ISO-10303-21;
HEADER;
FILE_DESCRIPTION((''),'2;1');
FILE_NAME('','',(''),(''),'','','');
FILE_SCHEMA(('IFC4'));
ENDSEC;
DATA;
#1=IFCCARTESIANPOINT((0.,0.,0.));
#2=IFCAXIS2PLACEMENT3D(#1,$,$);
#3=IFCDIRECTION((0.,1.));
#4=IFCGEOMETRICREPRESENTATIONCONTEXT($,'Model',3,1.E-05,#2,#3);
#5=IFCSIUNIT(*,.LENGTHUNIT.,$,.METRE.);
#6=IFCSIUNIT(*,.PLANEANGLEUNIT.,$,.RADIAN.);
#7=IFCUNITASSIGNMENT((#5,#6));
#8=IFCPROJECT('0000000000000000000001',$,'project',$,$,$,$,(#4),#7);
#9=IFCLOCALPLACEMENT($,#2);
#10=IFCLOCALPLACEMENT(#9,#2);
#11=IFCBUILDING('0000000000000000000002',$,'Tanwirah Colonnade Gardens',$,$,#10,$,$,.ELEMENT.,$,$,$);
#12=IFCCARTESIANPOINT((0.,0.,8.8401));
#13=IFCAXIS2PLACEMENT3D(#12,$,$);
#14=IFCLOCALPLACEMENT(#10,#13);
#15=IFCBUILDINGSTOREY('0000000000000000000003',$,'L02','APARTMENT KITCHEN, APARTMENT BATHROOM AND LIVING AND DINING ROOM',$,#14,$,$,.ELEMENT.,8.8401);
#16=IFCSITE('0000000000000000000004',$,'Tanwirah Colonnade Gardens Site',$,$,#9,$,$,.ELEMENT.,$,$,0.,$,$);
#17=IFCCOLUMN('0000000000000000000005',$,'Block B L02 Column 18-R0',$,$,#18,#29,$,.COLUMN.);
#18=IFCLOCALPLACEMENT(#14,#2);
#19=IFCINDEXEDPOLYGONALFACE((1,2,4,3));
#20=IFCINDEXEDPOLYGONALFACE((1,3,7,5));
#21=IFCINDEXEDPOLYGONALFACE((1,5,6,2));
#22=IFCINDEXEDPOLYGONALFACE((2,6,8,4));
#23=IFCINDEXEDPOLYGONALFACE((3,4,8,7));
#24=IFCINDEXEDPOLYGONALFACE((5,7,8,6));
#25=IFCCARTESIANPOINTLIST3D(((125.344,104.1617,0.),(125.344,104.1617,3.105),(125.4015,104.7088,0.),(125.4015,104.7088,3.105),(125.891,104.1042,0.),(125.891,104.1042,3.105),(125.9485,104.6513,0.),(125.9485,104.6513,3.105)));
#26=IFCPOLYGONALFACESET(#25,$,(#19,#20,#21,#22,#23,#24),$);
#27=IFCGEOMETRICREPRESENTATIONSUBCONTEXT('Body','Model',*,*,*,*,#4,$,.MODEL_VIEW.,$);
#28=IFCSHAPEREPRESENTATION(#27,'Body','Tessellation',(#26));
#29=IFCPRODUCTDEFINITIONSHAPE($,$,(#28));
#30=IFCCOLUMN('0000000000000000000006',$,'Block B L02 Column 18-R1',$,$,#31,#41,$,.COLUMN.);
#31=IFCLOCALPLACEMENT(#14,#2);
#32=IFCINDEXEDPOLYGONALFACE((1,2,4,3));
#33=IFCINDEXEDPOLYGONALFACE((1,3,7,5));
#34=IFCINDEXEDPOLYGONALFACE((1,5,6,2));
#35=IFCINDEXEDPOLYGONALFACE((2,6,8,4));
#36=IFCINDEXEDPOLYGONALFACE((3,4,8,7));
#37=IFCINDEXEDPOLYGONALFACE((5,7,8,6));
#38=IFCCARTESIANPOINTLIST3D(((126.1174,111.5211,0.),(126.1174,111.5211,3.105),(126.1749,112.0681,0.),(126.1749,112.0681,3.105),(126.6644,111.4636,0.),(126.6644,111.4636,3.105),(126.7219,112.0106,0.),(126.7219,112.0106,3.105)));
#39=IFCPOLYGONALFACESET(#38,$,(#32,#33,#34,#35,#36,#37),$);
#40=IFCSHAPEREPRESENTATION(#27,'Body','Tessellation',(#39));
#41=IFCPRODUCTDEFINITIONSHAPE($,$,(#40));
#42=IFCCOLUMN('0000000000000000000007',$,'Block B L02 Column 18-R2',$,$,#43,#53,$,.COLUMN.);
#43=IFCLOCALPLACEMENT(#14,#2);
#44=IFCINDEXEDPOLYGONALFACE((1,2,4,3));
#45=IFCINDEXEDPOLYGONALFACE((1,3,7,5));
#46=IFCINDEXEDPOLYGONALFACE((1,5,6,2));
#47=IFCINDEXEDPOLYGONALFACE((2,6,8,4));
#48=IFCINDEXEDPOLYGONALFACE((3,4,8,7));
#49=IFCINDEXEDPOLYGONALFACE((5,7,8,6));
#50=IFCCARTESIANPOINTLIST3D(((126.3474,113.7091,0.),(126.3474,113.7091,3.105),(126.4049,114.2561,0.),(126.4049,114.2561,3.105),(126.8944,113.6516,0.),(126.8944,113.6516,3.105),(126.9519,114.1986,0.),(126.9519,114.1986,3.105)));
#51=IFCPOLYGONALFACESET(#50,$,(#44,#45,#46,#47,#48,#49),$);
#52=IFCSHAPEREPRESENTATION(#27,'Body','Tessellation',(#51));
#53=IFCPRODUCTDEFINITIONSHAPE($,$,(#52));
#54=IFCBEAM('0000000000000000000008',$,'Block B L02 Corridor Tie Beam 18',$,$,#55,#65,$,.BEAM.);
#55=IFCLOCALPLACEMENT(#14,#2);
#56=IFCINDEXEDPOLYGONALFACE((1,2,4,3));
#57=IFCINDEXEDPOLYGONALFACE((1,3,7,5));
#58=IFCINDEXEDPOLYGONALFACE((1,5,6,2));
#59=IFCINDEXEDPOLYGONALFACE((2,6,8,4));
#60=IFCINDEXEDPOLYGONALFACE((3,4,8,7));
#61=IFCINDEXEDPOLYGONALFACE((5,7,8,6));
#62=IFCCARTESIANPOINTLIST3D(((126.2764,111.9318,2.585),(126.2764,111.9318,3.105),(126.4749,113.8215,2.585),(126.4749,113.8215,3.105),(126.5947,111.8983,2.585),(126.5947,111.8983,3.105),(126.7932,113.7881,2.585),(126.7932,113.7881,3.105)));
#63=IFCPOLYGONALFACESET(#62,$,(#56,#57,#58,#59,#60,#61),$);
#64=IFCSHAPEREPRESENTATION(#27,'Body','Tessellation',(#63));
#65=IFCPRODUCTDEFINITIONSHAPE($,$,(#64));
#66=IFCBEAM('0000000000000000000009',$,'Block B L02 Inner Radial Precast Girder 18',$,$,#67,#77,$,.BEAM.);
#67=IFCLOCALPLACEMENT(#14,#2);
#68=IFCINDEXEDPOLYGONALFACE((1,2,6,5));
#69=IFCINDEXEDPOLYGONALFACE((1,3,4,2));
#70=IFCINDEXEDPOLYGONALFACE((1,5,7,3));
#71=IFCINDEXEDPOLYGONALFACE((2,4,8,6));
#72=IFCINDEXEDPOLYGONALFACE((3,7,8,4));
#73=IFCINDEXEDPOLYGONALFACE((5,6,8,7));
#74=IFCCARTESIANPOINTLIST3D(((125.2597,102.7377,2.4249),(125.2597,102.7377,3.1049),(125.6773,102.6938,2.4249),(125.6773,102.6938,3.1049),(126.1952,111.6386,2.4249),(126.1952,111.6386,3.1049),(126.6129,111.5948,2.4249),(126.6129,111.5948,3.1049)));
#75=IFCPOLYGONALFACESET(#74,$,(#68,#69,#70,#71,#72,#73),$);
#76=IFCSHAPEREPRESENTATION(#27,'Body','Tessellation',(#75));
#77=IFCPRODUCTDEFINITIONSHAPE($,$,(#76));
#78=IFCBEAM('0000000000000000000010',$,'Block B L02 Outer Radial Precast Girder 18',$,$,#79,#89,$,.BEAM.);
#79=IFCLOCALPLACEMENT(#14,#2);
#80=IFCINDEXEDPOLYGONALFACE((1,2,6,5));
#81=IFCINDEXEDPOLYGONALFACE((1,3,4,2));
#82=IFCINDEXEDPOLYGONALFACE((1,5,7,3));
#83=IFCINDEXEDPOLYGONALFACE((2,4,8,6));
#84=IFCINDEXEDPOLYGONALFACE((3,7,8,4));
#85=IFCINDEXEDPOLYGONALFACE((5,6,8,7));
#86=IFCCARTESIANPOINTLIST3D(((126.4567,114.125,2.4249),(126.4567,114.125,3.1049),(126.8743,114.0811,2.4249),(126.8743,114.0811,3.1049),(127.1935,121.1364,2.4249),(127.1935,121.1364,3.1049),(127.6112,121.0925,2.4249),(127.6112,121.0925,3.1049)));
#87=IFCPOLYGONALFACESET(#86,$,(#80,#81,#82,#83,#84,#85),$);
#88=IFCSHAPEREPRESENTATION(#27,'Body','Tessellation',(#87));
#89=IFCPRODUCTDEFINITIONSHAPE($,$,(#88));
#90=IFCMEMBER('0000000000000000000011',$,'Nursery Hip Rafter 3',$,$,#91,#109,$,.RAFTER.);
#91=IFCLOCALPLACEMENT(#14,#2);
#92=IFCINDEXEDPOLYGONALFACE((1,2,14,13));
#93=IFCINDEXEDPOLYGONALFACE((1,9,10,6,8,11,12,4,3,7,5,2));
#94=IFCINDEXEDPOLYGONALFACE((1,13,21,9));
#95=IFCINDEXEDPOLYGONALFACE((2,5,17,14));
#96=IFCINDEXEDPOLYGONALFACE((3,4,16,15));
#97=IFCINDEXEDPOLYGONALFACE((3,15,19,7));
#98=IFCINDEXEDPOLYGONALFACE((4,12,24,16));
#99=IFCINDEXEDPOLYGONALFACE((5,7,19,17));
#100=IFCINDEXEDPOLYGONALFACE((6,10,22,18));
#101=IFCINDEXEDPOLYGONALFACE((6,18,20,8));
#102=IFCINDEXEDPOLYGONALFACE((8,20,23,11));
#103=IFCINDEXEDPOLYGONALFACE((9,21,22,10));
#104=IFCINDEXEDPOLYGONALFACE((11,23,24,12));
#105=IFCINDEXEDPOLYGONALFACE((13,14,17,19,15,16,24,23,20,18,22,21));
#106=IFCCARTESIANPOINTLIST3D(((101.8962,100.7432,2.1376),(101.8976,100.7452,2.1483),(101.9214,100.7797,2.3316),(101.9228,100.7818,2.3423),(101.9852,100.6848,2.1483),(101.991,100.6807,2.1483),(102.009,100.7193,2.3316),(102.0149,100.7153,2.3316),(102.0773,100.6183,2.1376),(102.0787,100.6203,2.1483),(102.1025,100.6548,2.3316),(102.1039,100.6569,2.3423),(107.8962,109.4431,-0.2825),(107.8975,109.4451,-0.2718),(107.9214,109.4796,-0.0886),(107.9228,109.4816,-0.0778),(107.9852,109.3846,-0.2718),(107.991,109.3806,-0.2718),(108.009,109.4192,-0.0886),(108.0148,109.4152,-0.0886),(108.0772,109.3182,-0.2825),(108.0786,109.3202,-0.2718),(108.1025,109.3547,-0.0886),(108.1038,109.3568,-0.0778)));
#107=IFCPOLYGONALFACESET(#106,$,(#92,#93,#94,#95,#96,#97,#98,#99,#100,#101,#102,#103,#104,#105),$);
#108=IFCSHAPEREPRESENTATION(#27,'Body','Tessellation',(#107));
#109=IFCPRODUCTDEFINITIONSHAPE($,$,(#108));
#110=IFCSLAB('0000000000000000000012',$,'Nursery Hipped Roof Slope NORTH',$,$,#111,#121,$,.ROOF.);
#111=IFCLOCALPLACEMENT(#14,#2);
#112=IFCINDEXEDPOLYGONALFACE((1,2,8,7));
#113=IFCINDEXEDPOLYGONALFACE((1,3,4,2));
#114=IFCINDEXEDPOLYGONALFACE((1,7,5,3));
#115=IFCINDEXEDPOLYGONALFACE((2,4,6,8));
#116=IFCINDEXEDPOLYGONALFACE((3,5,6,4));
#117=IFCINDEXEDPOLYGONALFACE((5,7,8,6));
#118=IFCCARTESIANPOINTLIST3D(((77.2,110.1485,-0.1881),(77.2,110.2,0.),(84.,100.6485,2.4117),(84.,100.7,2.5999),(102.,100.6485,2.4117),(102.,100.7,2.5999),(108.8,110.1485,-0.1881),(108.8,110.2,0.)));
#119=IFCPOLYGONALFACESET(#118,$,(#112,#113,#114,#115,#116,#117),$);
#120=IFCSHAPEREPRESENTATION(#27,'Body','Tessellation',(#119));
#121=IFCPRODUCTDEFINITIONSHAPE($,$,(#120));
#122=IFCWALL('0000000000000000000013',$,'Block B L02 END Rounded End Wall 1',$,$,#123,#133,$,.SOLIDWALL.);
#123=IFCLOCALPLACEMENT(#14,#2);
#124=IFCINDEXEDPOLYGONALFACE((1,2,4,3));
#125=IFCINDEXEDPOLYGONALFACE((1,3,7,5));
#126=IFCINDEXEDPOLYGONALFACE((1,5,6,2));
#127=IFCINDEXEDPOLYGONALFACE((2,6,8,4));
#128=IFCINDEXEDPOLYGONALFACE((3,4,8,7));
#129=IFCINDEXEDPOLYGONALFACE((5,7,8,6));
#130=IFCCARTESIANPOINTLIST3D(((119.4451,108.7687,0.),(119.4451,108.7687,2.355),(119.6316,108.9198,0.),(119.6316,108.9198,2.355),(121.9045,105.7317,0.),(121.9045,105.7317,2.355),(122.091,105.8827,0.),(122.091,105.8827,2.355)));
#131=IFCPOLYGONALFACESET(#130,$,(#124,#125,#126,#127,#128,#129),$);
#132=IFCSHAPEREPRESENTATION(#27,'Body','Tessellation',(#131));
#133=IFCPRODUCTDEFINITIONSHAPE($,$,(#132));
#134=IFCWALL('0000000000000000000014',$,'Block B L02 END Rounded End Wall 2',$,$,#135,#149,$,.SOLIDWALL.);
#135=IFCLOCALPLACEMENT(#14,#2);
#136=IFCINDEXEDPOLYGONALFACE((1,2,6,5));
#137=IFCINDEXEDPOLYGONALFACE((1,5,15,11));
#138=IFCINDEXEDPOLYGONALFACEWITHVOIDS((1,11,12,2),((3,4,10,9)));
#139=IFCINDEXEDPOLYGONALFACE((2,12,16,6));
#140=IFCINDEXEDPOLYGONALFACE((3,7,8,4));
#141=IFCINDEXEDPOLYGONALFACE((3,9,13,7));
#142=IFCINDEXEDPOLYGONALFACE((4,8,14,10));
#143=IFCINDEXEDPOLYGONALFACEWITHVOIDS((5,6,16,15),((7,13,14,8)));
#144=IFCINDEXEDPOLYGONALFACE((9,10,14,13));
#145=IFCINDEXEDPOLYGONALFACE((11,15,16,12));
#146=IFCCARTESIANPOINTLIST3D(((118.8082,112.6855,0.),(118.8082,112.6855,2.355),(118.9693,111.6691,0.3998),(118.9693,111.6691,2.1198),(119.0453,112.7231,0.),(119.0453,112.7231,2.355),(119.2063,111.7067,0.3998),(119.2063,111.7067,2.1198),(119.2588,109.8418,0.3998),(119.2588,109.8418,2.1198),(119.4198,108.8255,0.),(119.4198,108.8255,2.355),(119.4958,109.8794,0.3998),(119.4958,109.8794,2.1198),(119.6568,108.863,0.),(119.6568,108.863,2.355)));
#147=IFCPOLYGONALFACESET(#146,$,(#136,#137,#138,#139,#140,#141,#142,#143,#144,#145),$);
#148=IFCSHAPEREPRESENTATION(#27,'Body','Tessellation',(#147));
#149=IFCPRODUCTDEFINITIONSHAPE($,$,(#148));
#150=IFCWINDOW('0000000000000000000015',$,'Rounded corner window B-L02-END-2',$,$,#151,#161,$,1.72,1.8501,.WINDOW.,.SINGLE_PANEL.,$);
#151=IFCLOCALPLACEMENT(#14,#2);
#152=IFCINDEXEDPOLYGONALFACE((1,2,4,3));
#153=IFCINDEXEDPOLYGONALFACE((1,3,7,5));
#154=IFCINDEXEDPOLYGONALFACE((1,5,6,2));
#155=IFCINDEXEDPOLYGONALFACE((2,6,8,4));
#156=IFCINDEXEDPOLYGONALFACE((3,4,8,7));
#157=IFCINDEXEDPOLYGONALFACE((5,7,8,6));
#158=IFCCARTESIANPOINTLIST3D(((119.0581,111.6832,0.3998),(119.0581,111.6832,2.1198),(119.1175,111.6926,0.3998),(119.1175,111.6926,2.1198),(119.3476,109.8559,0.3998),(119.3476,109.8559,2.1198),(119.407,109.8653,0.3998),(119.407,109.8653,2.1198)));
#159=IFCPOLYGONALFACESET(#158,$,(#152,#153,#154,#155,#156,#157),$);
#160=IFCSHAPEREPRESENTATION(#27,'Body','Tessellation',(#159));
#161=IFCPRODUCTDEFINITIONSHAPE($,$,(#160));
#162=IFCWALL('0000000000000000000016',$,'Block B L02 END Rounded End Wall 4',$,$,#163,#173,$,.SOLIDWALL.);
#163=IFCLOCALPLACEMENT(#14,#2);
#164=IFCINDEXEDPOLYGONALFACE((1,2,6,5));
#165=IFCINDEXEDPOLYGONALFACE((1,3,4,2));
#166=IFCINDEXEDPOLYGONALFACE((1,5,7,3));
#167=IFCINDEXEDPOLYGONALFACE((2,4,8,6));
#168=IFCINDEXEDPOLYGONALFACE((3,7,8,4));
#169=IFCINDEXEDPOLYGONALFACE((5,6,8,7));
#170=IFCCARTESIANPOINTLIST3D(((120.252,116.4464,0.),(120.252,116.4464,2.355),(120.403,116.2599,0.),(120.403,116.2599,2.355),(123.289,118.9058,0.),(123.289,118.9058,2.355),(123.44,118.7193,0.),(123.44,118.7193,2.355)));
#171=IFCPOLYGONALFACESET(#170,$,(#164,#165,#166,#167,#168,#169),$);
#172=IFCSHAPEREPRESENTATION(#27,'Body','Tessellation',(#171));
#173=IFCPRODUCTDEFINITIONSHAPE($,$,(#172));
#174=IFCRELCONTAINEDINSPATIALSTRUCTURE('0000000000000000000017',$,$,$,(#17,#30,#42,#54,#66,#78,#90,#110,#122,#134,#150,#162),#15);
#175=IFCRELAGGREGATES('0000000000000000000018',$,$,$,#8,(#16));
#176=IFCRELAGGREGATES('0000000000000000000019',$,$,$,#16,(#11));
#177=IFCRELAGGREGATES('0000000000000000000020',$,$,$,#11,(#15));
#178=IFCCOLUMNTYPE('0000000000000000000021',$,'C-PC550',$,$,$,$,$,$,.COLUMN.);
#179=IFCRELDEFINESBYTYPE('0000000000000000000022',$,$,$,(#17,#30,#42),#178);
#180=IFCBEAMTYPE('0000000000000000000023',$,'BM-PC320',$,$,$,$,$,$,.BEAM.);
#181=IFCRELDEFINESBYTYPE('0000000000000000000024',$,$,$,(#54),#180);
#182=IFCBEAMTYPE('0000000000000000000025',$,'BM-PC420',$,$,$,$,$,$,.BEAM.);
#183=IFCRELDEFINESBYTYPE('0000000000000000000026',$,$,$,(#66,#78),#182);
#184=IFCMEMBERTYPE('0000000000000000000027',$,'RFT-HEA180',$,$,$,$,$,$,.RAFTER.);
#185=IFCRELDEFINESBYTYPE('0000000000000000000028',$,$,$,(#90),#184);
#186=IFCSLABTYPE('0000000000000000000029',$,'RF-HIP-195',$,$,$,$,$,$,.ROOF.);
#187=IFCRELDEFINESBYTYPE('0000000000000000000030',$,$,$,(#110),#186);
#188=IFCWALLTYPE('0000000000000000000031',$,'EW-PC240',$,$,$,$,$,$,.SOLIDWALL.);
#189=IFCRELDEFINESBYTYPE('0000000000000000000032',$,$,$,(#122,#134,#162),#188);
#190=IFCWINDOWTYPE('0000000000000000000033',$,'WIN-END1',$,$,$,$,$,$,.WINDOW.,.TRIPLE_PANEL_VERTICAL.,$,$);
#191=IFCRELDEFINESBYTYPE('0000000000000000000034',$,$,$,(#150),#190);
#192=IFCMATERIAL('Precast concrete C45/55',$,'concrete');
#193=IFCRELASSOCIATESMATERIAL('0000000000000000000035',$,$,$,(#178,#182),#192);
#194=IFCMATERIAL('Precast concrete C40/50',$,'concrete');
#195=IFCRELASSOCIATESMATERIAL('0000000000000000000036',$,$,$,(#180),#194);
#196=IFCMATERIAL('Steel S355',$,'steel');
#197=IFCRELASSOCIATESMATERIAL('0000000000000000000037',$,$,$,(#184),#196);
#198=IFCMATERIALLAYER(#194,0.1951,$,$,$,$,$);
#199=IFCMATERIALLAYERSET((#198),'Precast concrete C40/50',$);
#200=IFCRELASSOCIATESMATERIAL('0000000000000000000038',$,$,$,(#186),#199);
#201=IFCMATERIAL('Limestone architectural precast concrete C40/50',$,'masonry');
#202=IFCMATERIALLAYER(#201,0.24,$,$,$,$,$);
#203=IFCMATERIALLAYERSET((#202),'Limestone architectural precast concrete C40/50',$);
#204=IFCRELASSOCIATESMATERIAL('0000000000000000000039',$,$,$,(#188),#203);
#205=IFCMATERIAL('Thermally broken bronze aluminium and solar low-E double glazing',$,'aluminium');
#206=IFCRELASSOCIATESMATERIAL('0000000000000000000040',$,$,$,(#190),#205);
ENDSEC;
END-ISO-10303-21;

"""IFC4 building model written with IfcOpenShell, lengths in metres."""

from ifc_helpers import new_model, si_unit, direction, frame, frame_2d, origin, origin_2d, place, context, subcontext, project, spatial, polyline, rectangle, i_section, outline, extrude, material, layer, layer_set, material_profile, profile_set, type_object, element, fill, save


model = new_model("IFC4")

# Units and contexts
model_context = context("Model", 3, precision=1e-05, world=origin(), true_north=direction((0.0, 1.0)))
body_context = subcontext(model_context, "Body", "Model", "MODEL_VIEW")
ifc_project = project(units=[si_unit("LENGTHUNIT", "METRE"), si_unit("PLANEANGLEUNIT", "RADIAN")], contexts=[model_context])

# Site, building, storey
site_placement = place(None, origin())
site = spatial("IfcSite", under=ifc_project, at=site_placement, Name="Tanwirah Colonnade Gardens Site", CompositionType="ELEMENT", RefElevation=0.0)
building_placement = place(site_placement, origin())
building = spatial("IfcBuilding", under=site, at=building_placement, Name="Tanwirah Colonnade Gardens", CompositionType="ELEMENT")
storey_placement = place(building_placement, frame((0.0, 0.0, 8.8401)))
storey = spatial("IfcBuildingStorey", under=building, at=storey_placement, Name="L02", Description="APARTMENT KITCHEN, APARTMENT BATHROOM AND LIVING AND DINING ROOM", CompositionType="ELEMENT", Elevation=8.8401)

# Columns
ifc_material_1 = material(Name="Precast concrete C45/55", Category="concrete")
ifc_material_profile_1 = material_profile(ifc_material_1, rectangle(XDim=0.55, YDim=0.55, at=origin_2d()), Name="PC-COL 550x550")
ifc_profile_set_1 = profile_set([ifc_material_profile_1], Name="Precast concrete C45/55")
column_type = type_object("IfcColumnType", Name="C-PC550", PredefinedType="COLUMN", material=ifc_profile_set_1)
for number, where, z_axis, x_axis, name in (
    (1, (125.6462, 104.4065, 0.0), (0.0, 0.0, 1.0), (0.104528, 0.994522, 0.0), "Block B L02 Column 18-R0"),
    (2, (126.4197, 111.7659, 0.0), (0.0, 0.0, 1.0), (0.104528, 0.994522, 0.0), "Block B L02 Column 18-R1"),
    (3, (126.6497, 113.9539, 0.0), (0.0, 0.0, 1.0), (0.104528, 0.994522, 0.0), "Block B L02 Column 18-R2"),
):
    element("IfcColumn", number, at=place(storey_placement, frame(where, z_axis=z_axis, x_axis=x_axis)), inside=storey, type_object=column_type, Name=name, PredefinedType="COLUMN", context=body_context, shape_type="SweptSolid", body=[
        extrude(rectangle(XDim=0.55, YDim=0.55, at=origin_2d()), origin(), (0.0, 0.0, 1.0), 3.105),
    ])

# Beams
ifc_material_2 = material(Name="Precast concrete C40/50", Category="concrete")
ifc_material_profile_2 = material_profile(ifc_material_2, rectangle(XDim=0.3201, YDim=0.52, at=origin_2d()), Name="PC-BM 320x520")
ifc_profile_set_2 = profile_set([ifc_material_profile_2], Name="Precast concrete C40/50")
beam_type_1 = type_object("IfcBeamType", Name="BM-PC320", PredefinedType="BEAM", material=ifc_profile_set_2)
beam_1_placement = place(storey_placement, frame((126.4355, 111.915, 2.845), z_axis=(0.104464, 0.994529, 0.0), x_axis=(-0.994529, 0.104464, 0.0)))
element("IfcBeam", 4, at=beam_1_placement, inside=storey, type_object=beam_type_1, Name="Block B L02 Corridor Tie Beam 18", PredefinedType="BEAM", context=body_context, shape_type="SweptSolid", body=[
    extrude(rectangle(XDim=0.3201, YDim=0.52, at=origin_2d()), origin(), (0.0, 0.0, 1.0), 1.9001),
])
ifc_material_profile_3 = material_profile(ifc_material_1, rectangle(XDim=0.4199, YDim=0.6799, at=origin_2d()), Name="PC-BM 420x680")
ifc_profile_set_3 = profile_set([ifc_material_profile_3], Name="Precast concrete C45/55")
beam_type_2 = type_object("IfcBeamType", Name="BM-PC420", PredefinedType="BEAM", material=ifc_profile_set_3)
beam_2_placement = place(storey_placement, frame((126.4041, 111.6167, 2.7649), z_axis=(-0.104531, -0.994522, 0.0), x_axis=(0.994522, -0.104531, 0.0)))
element("IfcBeam", 5, at=beam_2_placement, inside=storey, type_object=beam_type_2, Name="Block B L02 Inner Radial Precast Girder 18", PredefinedType="BEAM", context=body_context, shape_type="SweptSolid", body=[
    extrude(rectangle(XDim=0.4199, YDim=0.6799, at=origin_2d()), origin(), (0.0, 0.0, 1.0), 8.95),
])
beam_3_placement = place(storey_placement, frame((126.6655, 114.103, 2.7649), z_axis=(0.104512, 0.994524, 0.0), x_axis=(-0.994524, 0.104512, 0.0)))
element("IfcBeam", 6, at=beam_3_placement, inside=storey, type_object=beam_type_2, Name="Block B L02 Outer Radial Precast Girder 18", PredefinedType="BEAM", context=body_context, shape_type="SweptSolid", body=[
    extrude(rectangle(XDim=0.4199, YDim=0.6799, at=origin_2d()), origin(), (0.0, 0.0, 1.0), 7.05),
])

# Member
ifc_material_3 = material(Name="Steel S355", Category="steel")
ifc_material_profile_4 = material_profile(ifc_material_3, i_section(OverallWidth=0.22, OverallDepth=0.21, WebThickness=0.0071, FlangeThickness=0.011, at=origin_2d()), Name="HEA 220")
ifc_profile_set_4 = profile_set([ifc_material_profile_4], Name="Steel S355")
member_type = type_object("IfcMemberType", Name="RFT-HEA180", PredefinedType="RAFTER", material=ifc_profile_set_4)
member_placement = place(storey_placement, frame((108.0, 109.3999, -0.1802), z_axis=(-0.55341, -0.802439, 0.223224), x_axis=(0.823211, -0.567735, 0.0)))
element("IfcMember", 7, at=member_placement, inside=storey, type_object=member_type, Name="Nursery Hip Rafter 3", PredefinedType="RAFTER", context=body_context, shape_type="SweptSolid", body=[
    extrude(i_section(OverallWidth=0.22, OverallDepth=0.21, WebThickness=0.0071, FlangeThickness=0.011, at=origin_2d()), origin(), (0.0, 0.0, 1.0), 10.8418),
])

# Slab
ifc_layer_1 = layer(ifc_material_2, 0.1951)
ifc_layer_set_1 = layer_set([ifc_layer_1], Name="Precast concrete C40/50")
slab_type = type_object("IfcSlabType", Name="RF-HIP-195", PredefinedType="ROOF", material=ifc_layer_set_1)
slab_placement = place(storey_placement, frame((108.8, 110.2, 0.0), z_axis=(0.0, 0.263963, 0.964533), x_axis=(-1.0, 0.0, 0.0)))
element("IfcSlab", 8, at=slab_placement, inside=storey, type_object=slab_type, Name="Nursery Hipped Roof Slope NORTH", PredefinedType="ROOF", context=body_context, shape_type="SweptSolid", body=[
    extrude(outline(polyline([(0.0, 0.0), (31.6001, 0.0), (24.8, 9.8493), (6.8, 9.8493), (0.0, 0.0)])), origin(), (0.0, 0.0, -1.0), 0.1951),
])

# Wall
ifc_material_4 = material(Name="Limestone architectural precast concrete C40/50", Category="masonry")
ifc_layer_2 = layer(ifc_material_4, 0.24)
ifc_layer_set_2 = layer_set([ifc_layer_2], Name="Limestone architectural precast concrete C40/50")
wall_type_1 = type_object("IfcWallType", Name="EW-PC240", PredefinedType="SOLIDWALL", material=ifc_layer_set_2)
wall_1_placement = place(storey_placement, frame((121.9978, 105.8071, 0.0), z_axis=(0.0, 0.0, 1.0), x_axis=(-0.629331, 0.777137, 0.0)))
element("IfcWall", 9, at=wall_1_placement, inside=storey, type_object=wall_type_1, Name="Block B L02 END Rounded End Wall 1", PredefinedType="SOLIDWALL", context=body_context, shape_type="SweptSolid", body=[
    extrude(rectangle(XDim=3.908, YDim=0.24, at=frame_2d((1.9541, 0.0))), origin(), (0.0, 0.0, 1.0), 2.355),
])

# Wall, opening, window
wall_2_placement = place(storey_placement, frame((119.5383, 108.8442, 0.0), z_axis=(0.0, 0.0, 1.0), x_axis=(-0.156482, 0.987681, 0.0)))
wall_2 = element("IfcWall", 10, at=wall_2_placement, inside=storey, type_object=wall_type_1, Name="Block B L02 END Rounded End Wall 2", PredefinedType="SOLIDWALL", context=body_context, shape_type="SweptSolid", body=[
    extrude(rectangle(XDim=3.9082, YDim=0.24, at=frame_2d((1.9541, 0.0))), origin(), (0.0, 0.0, 1.0), 2.355),
])
opening_1_placement = place(wall_2_placement, frame((1.0291, 0.0, 0.3999)))
opening_1 = element("IfcOpeningElement", 11, at=opening_1_placement, cuts=wall_2, PredefinedType="OPENING", context=body_context, shape_type="SweptSolid", body=[
    extrude(rectangle(XDim=1.8501, YDim=1.72, at=frame_2d((0.925, 0.8599))), frame((0.0, 0.1299, 0.0), z_axis=(0.0, -1.0, 0.0), x_axis=(1.0, 0.0, 0.0)), (0.0, 0.0, 1.0), 0.26),
])
ifc_material_5 = material(Name="Thermally broken bronze aluminium and solar low-E double glazing", Category="aluminium")
window_type = type_object("IfcWindowType", Name="WIN-END1", PartitioningType="TRIPLE_PANEL_VERTICAL", PredefinedType="WINDOW", material=ifc_material_5)
window_1_placement = place(opening_1_placement, origin())
window_1 = element("IfcWindow", 12, at=window_1_placement, inside=storey, type_object=window_type, Name="Rounded corner window B-L02-END-2", OverallHeight=1.72, OverallWidth=1.8501, PartitioningType="SINGLE_PANEL", PredefinedType="WINDOW", context=body_context, shape_type="SweptSolid", body=[
    extrude(rectangle(XDim=1.8501, YDim=1.72, at=frame_2d((0.925, 0.8599))), frame((0.0, 0.03, 0.0), z_axis=(0.0, -1.0, 0.0), x_axis=(1.0, 0.0, 0.0)), (0.0, 0.0, 1.0), 0.0601),
])
fill(opening_1, window_1)

# Wall
wall_3_placement = place(storey_placement, frame((120.3274, 116.353, 0.0), z_axis=(0.0, 0.0, 1.0), x_axis=(0.777137, 0.629331, 0.0)))
element("IfcWall", 13, at=wall_3_placement, inside=storey, type_object=wall_type_1, Name="Block B L02 END Rounded End Wall 4", PredefinedType="SOLIDWALL", context=body_context, shape_type="SweptSolid", body=[
    extrude(rectangle(XDim=3.908, YDim=0.24, at=frame_2d((1.9541, 0.0))), origin(), (0.0, 0.0, 1.0), 2.355),
])

save(model, "model.ifc")
